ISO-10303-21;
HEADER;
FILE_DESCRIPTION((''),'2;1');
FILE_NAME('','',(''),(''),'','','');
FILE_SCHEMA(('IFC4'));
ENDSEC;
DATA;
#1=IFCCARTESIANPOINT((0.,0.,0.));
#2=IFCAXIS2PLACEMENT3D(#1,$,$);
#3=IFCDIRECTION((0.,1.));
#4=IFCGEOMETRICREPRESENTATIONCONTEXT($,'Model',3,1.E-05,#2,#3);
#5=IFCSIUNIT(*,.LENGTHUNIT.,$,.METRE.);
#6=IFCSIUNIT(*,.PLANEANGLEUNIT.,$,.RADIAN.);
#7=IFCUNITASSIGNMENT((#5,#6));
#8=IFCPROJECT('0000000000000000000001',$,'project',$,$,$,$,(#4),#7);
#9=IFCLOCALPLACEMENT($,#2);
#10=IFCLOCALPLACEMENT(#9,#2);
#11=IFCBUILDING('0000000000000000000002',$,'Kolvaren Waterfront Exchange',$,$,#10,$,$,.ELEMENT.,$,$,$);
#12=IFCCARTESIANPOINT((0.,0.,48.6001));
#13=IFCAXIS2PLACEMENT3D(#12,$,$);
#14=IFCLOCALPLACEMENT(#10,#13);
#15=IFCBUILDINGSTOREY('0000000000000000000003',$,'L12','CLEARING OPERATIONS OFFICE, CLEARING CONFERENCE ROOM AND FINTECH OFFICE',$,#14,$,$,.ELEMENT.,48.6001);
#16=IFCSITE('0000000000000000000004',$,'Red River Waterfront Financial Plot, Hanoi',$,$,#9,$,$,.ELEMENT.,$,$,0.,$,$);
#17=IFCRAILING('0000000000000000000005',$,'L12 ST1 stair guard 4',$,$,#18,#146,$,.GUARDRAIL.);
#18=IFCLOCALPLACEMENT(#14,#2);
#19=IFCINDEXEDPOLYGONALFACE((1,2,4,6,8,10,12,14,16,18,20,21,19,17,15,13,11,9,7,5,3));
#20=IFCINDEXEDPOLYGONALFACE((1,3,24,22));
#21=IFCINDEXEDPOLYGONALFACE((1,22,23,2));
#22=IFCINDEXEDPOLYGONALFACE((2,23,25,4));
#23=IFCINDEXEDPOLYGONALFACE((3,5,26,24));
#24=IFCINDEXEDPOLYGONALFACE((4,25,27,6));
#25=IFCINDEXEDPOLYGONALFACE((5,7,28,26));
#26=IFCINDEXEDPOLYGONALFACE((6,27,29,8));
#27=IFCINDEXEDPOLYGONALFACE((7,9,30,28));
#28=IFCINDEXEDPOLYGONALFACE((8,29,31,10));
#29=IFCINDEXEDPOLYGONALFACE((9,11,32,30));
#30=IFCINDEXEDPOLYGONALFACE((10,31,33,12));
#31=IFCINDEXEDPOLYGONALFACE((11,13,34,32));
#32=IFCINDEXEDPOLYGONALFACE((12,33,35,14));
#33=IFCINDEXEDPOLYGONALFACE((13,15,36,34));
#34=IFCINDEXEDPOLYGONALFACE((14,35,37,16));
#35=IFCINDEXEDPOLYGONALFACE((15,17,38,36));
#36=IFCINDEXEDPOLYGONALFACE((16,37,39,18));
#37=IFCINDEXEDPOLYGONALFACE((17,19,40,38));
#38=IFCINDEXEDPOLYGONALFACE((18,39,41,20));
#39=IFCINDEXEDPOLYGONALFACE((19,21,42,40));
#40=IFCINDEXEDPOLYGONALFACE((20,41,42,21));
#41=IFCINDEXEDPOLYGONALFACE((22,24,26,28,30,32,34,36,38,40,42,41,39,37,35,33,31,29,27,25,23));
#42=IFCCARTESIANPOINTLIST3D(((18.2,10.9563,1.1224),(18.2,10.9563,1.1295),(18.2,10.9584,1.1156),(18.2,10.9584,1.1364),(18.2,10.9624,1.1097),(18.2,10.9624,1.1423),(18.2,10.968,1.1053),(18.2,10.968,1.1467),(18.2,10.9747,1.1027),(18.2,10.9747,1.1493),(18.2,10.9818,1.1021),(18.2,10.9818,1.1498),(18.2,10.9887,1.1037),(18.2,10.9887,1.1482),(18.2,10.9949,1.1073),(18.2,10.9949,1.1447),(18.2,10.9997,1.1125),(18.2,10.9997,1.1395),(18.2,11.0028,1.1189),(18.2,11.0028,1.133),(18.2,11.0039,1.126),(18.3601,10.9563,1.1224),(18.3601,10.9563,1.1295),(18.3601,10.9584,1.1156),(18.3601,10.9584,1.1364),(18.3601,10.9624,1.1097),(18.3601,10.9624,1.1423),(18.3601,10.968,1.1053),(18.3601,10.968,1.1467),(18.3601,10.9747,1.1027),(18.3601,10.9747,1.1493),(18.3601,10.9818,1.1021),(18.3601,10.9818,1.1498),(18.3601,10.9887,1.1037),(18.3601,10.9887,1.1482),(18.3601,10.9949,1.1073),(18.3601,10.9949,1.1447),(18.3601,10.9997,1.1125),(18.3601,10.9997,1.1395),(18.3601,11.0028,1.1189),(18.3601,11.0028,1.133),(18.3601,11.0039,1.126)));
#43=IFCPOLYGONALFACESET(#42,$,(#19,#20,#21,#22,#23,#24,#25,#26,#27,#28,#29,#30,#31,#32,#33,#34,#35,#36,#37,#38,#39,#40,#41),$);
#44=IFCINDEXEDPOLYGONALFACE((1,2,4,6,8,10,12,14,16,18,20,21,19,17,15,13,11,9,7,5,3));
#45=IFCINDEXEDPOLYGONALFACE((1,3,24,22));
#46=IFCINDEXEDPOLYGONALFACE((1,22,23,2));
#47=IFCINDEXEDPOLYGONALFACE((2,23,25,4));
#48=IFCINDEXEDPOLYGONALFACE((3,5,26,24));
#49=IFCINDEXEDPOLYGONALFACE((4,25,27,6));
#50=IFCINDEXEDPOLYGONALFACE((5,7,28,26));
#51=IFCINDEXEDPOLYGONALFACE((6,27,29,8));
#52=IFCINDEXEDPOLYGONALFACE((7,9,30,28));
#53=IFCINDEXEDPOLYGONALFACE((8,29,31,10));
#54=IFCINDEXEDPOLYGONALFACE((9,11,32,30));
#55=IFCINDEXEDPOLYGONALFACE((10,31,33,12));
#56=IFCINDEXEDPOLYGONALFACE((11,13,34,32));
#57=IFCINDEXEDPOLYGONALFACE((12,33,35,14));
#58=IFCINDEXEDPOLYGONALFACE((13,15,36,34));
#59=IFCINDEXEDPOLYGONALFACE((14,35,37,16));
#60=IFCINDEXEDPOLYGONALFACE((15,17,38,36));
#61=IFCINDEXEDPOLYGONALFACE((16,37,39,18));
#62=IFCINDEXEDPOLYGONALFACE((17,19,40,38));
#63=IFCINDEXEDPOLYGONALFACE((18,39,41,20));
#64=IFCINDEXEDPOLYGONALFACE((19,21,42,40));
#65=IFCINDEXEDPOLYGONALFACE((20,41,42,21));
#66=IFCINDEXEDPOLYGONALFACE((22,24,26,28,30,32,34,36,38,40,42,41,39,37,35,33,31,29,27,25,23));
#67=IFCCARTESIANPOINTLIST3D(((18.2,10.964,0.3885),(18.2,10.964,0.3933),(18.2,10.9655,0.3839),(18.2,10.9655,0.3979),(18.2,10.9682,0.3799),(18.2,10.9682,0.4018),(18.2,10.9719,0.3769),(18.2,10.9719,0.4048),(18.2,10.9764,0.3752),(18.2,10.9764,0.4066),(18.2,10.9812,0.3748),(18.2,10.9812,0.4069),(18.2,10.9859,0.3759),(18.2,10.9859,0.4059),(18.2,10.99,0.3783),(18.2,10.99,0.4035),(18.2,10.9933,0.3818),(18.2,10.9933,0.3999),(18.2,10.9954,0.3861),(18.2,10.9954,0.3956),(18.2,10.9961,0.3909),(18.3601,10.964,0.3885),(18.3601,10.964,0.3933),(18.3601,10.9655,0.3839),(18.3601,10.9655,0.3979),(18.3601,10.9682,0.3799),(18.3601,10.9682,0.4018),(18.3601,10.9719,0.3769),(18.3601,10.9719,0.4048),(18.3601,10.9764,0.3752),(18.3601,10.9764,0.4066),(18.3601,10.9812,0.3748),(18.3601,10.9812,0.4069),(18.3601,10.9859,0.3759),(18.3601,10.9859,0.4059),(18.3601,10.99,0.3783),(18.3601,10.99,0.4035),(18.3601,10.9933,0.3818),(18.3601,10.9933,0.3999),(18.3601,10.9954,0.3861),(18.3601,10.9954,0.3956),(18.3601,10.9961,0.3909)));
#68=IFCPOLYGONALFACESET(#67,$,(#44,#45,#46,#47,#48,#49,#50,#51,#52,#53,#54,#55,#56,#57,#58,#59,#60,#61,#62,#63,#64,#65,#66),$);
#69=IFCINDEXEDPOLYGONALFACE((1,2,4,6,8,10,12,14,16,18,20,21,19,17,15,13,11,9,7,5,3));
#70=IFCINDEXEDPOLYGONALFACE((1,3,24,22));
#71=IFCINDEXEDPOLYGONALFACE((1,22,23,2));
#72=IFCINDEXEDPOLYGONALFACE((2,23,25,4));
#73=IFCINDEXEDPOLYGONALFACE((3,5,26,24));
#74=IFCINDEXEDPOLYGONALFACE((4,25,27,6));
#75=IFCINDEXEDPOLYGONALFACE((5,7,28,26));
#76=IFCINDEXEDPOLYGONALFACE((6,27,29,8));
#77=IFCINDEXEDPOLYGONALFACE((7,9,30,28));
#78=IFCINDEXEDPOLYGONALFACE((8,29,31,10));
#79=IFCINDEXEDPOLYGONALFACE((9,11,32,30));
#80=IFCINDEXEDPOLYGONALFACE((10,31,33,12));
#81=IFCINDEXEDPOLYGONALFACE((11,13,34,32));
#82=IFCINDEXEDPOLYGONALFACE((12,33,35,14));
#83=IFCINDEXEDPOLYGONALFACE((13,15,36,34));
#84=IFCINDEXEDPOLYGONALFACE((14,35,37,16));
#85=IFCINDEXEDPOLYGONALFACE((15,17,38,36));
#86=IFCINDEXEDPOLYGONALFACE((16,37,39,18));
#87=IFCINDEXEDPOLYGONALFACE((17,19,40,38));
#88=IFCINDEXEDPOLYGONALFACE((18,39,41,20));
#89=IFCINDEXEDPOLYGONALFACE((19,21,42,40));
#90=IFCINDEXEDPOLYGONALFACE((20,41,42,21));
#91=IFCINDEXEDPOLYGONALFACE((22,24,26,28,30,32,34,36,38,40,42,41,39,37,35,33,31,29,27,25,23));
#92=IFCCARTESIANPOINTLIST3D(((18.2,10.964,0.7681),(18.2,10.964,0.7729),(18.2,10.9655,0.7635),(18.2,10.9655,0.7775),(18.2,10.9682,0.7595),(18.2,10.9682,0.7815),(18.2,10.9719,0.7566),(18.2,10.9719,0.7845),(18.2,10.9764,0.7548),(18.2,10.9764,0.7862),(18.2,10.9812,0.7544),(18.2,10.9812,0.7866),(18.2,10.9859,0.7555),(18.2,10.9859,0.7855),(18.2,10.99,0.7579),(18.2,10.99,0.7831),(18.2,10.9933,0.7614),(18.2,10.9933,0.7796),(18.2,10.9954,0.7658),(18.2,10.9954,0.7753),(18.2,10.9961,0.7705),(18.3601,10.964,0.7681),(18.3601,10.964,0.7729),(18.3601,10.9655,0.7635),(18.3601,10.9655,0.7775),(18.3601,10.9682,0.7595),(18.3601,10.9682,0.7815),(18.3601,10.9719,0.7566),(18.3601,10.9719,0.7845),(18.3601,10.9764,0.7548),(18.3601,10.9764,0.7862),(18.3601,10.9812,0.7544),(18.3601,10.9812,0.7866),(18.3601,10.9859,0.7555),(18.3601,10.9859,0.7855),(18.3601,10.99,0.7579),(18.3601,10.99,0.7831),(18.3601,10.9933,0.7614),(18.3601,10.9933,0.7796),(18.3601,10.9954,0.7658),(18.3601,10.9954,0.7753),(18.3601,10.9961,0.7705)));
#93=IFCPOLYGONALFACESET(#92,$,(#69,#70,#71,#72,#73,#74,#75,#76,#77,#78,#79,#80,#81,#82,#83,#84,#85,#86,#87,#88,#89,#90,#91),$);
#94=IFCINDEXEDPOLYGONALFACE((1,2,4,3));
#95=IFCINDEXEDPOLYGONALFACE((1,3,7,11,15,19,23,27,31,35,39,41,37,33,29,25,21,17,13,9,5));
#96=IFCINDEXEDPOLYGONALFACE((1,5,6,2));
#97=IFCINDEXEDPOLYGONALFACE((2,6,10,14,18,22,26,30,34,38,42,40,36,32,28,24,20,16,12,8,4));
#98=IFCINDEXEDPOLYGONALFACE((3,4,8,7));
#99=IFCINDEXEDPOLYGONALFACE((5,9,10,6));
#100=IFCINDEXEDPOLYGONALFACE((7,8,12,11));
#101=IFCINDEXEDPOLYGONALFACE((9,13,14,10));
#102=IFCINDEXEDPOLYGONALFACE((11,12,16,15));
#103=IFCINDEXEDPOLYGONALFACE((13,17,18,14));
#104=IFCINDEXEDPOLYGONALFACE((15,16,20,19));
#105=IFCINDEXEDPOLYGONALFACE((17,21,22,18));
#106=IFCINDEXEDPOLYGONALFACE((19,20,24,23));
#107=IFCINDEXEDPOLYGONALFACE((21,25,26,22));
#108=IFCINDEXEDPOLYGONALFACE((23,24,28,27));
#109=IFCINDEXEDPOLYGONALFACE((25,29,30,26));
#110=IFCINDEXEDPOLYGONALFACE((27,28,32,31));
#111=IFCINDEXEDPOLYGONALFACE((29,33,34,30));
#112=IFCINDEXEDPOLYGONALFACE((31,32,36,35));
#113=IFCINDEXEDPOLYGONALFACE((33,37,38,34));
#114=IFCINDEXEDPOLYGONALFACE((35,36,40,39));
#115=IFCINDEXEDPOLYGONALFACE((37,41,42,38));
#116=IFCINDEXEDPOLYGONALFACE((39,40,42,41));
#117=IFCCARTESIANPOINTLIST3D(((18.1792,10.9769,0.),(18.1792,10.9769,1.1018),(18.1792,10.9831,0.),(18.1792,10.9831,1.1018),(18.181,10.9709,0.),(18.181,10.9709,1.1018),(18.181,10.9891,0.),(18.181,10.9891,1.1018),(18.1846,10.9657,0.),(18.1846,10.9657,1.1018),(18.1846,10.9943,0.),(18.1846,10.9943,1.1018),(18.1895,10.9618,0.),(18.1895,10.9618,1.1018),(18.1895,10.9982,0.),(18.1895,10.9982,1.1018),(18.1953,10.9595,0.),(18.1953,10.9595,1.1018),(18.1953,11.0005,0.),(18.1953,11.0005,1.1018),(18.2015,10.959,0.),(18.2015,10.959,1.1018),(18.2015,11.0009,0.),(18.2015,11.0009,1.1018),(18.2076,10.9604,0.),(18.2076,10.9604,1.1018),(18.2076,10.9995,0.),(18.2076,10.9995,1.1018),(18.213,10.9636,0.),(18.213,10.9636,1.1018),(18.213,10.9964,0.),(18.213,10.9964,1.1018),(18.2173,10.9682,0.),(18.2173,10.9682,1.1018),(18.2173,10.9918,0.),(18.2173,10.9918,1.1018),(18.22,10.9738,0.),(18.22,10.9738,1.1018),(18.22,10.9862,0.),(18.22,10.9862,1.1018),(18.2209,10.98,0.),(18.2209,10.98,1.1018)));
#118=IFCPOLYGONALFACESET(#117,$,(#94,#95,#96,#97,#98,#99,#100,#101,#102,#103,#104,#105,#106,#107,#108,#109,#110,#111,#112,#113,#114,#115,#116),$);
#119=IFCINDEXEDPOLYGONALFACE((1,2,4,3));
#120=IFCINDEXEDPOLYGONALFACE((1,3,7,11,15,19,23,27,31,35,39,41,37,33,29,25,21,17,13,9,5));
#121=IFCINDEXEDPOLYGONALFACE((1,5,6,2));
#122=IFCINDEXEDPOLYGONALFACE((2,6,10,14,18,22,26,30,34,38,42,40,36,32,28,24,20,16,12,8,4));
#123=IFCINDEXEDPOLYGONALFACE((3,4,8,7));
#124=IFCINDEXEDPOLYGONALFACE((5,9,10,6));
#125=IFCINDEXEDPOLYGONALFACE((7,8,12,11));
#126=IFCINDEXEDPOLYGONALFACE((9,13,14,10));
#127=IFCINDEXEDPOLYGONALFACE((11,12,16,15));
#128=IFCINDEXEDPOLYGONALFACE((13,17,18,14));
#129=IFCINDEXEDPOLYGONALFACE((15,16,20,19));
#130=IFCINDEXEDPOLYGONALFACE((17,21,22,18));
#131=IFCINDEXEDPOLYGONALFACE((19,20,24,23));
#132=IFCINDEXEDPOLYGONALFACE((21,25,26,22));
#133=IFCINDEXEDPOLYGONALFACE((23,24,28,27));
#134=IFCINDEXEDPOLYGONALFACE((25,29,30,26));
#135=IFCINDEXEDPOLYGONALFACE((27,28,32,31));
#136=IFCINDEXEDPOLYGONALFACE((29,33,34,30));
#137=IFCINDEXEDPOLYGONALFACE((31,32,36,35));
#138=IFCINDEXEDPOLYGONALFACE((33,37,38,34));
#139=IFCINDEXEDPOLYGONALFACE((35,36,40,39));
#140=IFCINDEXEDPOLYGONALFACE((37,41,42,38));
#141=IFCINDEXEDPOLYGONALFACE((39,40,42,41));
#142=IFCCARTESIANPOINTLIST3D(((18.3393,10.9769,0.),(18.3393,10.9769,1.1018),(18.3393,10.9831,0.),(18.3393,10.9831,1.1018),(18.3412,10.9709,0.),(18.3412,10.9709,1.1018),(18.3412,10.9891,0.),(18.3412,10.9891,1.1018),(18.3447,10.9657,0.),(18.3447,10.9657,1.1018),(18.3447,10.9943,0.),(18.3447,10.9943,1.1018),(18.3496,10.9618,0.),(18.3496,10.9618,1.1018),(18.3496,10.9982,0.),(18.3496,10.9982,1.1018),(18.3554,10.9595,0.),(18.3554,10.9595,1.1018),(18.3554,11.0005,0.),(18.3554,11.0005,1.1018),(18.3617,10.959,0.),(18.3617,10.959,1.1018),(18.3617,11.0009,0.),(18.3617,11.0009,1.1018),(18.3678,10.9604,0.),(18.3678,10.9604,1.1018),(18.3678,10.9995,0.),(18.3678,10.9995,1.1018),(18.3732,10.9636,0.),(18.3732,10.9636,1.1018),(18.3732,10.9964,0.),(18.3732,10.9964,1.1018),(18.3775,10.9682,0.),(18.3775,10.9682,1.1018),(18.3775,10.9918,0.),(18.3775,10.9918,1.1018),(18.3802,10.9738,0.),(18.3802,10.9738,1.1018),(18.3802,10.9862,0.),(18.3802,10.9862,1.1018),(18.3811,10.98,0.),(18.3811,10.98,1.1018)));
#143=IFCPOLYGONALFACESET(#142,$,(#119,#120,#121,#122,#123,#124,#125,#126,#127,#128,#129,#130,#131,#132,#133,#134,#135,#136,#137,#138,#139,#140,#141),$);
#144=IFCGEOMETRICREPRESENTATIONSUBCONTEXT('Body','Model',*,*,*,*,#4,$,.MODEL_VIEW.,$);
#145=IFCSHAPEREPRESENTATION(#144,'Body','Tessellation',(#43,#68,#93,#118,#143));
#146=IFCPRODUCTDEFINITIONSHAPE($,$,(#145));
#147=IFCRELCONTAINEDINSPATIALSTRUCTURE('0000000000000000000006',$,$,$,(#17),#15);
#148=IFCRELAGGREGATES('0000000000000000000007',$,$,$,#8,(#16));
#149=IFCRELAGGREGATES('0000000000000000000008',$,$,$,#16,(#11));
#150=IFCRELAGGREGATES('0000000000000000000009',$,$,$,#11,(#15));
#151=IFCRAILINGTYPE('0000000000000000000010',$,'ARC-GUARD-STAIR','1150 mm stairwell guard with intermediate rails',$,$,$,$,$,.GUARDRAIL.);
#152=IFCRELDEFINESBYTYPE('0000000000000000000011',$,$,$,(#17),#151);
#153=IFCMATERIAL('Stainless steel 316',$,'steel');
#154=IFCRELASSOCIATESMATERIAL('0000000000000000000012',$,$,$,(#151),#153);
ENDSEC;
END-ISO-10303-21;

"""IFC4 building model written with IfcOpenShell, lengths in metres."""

from ifc_helpers import new_model, si_unit, direction, frame, origin, origin_2d, place, context, subcontext, project, spatial, circle, extrude, material, type_object, element, save


model = new_model("IFC4")

# Units and contexts
model_context = context("Model", 3, precision=1e-05, world=origin(), true_north=direction((0.0, 1.0)))
body_context = subcontext(model_context, "Body", "Model", "MODEL_VIEW")
ifc_project = project(units=[si_unit("LENGTHUNIT", "METRE"), si_unit("PLANEANGLEUNIT", "RADIAN")], contexts=[model_context])

# Site, building, storey
site_placement = place(None, origin())
site = spatial("IfcSite", under=ifc_project, at=site_placement, Name="Red River Waterfront Financial Plot, Hanoi", CompositionType="ELEMENT", RefElevation=0.0)
building_placement = place(site_placement, origin())
building = spatial("IfcBuilding", under=site, at=building_placement, Name="Kolvaren Waterfront Exchange", CompositionType="ELEMENT")
storey_placement = place(building_placement, frame((0.0, 0.0, 48.6001)))
storey = spatial("IfcBuildingStorey", under=building, at=storey_placement, Name="L12", Description="CLEARING OPERATIONS OFFICE, CLEARING CONFERENCE ROOM AND FINTECH OFFICE", CompositionType="ELEMENT", Elevation=48.6001)

# Railing
ifc_material_1 = material(Name="Stainless steel 316", Category="steel")
railing_type_1 = type_object("IfcRailingType", Name="ARC-GUARD-STAIR", Description="1150 mm stairwell guard with intermediate rails", PredefinedType="GUARDRAIL", material=ifc_material_1)
railing_1_placement = place(storey_placement, frame((18.2, 10.98, 0.0)))
element("IfcRailing", 1, at=railing_1_placement, inside=storey, type_object=railing_type_1, Name="L12 ST1 stair guard 4", PredefinedType="GUARDRAIL", context=body_context, shape_type="SweptSolid", body=[
    extrude(circle(Radius=0.0239, at=origin_2d()), frame((0.0, 0.0, 1.126), z_axis=(1.0, 0.0, 0.0), x_axis=(0.0, 1.0, 0.0)), (0.0, 0.0, 1.0), 0.1602),
    extrude(circle(Radius=0.0161, at=origin_2d()), frame((0.0, 0.0, 0.3909), z_axis=(1.0, 0.0, 0.0), x_axis=(0.0, 1.0, 0.0)), (0.0, 0.0, 1.0), 0.1602),
    extrude(circle(Radius=0.0161, at=origin_2d()), frame((0.0, 0.0, 0.7705), z_axis=(1.0, 0.0, 0.0), x_axis=(0.0, 1.0, 0.0)), (0.0, 0.0, 1.0), 0.1602),
    extrude(circle(Radius=0.021, at=origin_2d()), origin(), (0.0, 0.0, 1.0), 1.1018),
    extrude(circle(Radius=0.021, at=origin_2d()), frame((0.1602, 0.0, 0.0)), (0.0, 0.0, 1.0), 1.1018),
])

save(model, "model.ifc")
